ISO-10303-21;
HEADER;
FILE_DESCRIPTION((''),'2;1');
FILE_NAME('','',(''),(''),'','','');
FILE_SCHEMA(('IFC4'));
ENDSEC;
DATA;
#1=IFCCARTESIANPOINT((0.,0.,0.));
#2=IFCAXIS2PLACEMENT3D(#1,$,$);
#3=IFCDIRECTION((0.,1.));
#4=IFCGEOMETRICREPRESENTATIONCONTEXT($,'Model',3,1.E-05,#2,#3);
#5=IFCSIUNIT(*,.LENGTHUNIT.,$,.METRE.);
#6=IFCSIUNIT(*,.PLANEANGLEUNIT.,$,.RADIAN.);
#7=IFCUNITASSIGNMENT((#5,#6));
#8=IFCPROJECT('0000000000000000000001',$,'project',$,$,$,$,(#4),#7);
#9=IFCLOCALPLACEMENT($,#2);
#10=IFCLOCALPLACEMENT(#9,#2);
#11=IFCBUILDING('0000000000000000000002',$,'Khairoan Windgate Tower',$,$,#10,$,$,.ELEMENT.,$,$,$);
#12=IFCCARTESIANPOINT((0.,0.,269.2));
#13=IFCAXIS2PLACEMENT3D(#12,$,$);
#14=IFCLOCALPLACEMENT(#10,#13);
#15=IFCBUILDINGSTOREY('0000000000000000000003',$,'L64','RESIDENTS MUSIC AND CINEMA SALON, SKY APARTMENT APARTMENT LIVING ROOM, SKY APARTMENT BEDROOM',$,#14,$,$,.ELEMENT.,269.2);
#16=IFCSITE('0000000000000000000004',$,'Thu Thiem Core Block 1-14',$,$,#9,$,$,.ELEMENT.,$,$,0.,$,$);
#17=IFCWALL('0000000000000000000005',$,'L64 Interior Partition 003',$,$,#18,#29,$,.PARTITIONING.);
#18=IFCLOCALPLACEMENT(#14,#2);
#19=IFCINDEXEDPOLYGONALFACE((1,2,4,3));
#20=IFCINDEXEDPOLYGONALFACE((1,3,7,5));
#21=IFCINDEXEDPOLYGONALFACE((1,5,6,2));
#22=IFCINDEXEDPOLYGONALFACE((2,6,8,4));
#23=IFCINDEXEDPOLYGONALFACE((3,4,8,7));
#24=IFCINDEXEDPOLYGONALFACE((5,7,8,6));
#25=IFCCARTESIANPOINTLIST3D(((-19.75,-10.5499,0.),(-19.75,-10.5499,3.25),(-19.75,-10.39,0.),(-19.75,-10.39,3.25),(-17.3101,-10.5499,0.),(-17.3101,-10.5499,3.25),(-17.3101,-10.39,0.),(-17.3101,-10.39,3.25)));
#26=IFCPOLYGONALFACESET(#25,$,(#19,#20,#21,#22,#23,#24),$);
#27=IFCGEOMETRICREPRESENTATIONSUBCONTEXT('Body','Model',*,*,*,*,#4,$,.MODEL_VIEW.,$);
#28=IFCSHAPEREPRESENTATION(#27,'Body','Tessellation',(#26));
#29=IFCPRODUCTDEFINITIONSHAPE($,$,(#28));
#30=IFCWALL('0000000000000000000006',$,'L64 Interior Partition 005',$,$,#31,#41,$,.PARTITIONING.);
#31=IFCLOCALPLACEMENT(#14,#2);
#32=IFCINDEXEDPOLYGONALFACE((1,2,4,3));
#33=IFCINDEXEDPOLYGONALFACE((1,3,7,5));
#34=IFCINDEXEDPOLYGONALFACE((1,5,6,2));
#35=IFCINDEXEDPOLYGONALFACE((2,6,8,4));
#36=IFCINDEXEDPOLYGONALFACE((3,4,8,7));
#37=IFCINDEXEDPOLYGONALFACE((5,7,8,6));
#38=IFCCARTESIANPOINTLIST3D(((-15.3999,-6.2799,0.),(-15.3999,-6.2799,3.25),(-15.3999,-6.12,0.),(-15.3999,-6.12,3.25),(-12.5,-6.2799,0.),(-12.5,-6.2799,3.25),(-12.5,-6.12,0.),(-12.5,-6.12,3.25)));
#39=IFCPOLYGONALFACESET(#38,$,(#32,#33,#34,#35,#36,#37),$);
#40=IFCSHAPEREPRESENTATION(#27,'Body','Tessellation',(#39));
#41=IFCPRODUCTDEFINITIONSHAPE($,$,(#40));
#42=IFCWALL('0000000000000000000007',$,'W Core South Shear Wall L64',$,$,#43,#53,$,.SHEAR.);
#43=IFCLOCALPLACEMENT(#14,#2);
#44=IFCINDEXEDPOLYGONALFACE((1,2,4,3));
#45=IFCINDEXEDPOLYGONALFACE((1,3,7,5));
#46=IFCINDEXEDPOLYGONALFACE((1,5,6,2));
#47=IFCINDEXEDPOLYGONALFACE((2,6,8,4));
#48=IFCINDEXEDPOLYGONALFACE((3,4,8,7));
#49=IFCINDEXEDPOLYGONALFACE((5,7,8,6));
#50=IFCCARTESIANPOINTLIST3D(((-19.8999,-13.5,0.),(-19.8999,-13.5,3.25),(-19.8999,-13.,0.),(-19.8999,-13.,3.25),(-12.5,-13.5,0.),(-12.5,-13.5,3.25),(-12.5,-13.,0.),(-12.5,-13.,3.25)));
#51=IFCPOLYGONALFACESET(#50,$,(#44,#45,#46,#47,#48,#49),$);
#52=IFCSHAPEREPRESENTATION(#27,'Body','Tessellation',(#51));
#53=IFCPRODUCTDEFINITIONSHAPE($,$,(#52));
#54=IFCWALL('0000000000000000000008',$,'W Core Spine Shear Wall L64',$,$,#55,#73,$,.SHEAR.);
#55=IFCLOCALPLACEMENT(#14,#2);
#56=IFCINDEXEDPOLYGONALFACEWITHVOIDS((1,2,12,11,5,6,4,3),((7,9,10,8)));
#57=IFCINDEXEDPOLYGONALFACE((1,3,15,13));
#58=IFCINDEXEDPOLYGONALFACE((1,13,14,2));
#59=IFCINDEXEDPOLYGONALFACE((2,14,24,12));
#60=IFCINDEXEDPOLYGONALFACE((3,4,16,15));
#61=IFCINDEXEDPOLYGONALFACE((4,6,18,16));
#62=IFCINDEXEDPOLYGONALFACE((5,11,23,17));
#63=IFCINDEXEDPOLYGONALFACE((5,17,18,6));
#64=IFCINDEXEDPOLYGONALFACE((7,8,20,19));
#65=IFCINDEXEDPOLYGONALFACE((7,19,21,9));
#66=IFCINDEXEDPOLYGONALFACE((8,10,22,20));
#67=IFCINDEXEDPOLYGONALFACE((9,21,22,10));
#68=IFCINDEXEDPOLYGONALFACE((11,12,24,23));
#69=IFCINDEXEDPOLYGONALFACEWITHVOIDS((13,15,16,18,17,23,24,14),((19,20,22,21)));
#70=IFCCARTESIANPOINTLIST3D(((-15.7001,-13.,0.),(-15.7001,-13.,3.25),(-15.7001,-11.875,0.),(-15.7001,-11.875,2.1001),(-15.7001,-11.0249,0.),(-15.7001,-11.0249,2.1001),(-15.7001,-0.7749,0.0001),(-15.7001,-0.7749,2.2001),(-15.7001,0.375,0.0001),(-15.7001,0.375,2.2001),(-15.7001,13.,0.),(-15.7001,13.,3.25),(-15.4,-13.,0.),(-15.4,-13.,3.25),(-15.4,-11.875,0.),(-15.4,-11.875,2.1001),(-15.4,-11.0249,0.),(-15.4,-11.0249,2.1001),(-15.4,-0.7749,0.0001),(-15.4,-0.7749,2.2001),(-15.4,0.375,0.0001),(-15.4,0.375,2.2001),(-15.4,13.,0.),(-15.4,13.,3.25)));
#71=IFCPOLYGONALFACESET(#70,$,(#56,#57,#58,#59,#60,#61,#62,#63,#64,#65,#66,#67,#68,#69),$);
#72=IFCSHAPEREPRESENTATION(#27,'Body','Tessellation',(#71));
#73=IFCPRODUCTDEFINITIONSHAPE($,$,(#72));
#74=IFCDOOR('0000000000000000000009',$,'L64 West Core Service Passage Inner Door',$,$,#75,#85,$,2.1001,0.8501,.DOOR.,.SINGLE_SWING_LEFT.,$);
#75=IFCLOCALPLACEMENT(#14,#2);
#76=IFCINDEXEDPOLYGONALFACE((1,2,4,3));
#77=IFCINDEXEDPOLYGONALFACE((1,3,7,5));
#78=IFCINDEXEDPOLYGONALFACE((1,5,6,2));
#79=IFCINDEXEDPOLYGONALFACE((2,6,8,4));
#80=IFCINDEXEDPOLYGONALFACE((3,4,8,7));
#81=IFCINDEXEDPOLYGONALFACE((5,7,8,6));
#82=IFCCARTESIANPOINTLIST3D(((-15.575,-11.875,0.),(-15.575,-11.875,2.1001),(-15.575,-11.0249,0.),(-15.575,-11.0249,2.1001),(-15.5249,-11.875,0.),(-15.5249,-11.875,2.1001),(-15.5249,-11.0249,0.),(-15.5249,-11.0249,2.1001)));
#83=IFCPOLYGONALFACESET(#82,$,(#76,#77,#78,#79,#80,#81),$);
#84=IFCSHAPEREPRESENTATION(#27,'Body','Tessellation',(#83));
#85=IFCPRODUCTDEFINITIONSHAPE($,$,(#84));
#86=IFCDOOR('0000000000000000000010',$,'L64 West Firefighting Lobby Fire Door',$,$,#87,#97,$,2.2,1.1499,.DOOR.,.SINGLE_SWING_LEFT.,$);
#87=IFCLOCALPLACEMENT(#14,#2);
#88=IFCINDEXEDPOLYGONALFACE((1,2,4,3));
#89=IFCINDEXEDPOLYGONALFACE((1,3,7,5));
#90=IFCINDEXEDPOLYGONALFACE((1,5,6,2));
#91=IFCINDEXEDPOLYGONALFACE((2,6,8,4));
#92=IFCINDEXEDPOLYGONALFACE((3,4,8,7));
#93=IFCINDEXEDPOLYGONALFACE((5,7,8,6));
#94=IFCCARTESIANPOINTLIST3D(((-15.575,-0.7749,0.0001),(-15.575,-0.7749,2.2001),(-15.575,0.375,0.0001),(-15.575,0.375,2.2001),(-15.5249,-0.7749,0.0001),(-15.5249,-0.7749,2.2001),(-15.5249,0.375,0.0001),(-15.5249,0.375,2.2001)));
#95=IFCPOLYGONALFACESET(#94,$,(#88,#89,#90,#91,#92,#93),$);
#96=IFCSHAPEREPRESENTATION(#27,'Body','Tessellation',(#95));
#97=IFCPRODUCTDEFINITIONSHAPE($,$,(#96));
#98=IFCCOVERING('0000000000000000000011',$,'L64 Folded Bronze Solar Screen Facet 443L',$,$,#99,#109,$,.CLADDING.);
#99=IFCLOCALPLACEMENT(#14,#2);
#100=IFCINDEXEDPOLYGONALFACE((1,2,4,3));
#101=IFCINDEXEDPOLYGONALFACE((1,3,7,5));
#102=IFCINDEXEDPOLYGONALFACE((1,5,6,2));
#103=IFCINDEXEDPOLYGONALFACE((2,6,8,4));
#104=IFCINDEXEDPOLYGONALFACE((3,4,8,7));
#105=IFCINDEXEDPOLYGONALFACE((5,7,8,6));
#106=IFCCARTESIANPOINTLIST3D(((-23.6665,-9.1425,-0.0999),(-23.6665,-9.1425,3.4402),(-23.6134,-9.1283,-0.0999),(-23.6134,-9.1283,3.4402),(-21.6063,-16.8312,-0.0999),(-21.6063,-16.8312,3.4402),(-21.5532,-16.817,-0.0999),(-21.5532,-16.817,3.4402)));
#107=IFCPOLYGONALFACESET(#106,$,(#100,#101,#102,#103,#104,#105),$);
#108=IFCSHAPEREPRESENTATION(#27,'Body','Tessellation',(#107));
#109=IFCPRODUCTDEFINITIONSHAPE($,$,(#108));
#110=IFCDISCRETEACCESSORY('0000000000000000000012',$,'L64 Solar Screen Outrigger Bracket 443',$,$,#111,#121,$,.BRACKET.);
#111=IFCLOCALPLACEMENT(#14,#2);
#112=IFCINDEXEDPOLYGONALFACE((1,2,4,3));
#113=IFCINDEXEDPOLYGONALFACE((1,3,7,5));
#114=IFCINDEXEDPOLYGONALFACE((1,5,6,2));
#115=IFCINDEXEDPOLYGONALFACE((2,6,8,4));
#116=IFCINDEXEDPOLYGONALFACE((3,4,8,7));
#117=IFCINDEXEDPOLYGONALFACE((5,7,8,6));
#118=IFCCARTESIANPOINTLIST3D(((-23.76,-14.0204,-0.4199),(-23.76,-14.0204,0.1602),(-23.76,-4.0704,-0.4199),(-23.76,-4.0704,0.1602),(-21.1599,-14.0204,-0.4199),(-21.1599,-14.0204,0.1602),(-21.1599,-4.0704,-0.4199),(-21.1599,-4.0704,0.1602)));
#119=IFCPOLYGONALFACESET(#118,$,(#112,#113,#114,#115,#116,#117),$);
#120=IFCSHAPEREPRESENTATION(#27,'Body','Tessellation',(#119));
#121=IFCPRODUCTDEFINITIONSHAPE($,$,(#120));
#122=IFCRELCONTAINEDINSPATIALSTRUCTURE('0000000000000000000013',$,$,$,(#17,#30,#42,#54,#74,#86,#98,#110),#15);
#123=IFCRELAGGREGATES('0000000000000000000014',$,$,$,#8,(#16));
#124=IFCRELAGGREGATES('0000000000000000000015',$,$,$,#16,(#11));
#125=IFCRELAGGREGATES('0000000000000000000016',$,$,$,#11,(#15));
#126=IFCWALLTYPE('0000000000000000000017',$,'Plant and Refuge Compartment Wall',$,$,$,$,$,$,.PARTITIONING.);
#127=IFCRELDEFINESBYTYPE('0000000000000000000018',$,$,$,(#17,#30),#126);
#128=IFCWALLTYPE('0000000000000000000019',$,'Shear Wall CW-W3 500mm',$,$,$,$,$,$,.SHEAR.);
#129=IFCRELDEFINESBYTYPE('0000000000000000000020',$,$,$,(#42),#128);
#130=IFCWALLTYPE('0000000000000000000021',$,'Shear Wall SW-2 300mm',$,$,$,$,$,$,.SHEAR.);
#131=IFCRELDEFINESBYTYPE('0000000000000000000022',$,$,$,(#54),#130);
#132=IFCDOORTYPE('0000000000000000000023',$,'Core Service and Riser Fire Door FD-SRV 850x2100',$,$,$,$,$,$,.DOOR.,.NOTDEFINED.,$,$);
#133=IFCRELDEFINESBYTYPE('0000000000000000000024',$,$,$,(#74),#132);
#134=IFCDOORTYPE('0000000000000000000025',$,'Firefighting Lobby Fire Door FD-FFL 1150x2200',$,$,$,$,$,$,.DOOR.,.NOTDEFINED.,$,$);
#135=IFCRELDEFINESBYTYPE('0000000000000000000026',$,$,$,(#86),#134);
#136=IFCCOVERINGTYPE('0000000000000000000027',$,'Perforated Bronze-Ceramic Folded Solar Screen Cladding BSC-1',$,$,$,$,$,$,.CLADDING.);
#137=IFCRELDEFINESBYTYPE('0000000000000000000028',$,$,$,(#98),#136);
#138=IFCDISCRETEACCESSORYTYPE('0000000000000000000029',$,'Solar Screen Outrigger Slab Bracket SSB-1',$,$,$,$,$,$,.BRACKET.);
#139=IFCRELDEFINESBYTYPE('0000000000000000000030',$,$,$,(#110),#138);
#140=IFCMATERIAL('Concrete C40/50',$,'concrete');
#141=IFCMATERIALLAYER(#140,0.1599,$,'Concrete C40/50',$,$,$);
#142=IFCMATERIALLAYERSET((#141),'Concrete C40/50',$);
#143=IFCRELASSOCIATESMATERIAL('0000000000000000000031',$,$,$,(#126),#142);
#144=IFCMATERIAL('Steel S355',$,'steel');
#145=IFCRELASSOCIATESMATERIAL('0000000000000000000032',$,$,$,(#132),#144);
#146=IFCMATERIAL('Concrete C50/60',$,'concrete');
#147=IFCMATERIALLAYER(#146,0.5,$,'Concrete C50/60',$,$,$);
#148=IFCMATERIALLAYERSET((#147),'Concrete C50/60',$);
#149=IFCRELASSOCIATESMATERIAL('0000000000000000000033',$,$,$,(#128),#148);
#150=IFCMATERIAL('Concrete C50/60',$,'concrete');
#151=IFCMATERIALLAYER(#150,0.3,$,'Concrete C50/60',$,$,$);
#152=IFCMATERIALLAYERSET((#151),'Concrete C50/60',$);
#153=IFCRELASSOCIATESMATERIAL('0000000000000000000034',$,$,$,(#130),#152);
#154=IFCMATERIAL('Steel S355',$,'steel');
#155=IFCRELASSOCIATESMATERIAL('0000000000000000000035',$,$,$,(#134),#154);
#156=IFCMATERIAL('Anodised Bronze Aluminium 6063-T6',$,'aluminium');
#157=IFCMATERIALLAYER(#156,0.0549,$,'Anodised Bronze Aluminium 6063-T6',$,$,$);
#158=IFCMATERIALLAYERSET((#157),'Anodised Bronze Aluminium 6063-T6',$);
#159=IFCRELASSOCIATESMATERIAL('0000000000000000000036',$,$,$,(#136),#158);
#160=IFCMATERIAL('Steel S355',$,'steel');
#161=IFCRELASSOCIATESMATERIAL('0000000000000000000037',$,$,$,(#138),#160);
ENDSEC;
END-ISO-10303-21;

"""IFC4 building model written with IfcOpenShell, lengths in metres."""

from ifc_helpers import new_model, si_unit, direction, frame, frame_2d, origin, origin_2d, place, context, subcontext, project, spatial, rectangle, extrude, material, layer, layer_set, type_object, element, fill, save


model = new_model("IFC4")

# Units and contexts
model_context = context("Model", 3, precision=1e-05, world=origin(), true_north=direction((0.0, 1.0)))
body_context = subcontext(model_context, "Body", "Model", "MODEL_VIEW")
ifc_project = project(units=[si_unit("LENGTHUNIT", "METRE"), si_unit("PLANEANGLEUNIT", "RADIAN")], contexts=[model_context])

# Site, building, storey
site_placement = place(None, origin())
site = spatial("IfcSite", under=ifc_project, at=site_placement, Name="Thu Thiem Core Block 1-14", CompositionType="ELEMENT", RefElevation=0.0)
building_placement = place(site_placement, origin())
building = spatial("IfcBuilding", under=site, at=building_placement, Name="Khairoan Windgate Tower", CompositionType="ELEMENT")
storey_placement = place(building_placement, frame((0.0, 0.0, 269.2)))
storey = spatial("IfcBuildingStorey", under=building, at=storey_placement, Name="L64", Description="RESIDENTS MUSIC AND CINEMA SALON, SKY APARTMENT APARTMENT LIVING ROOM, SKY APARTMENT BEDROOM", CompositionType="ELEMENT", Elevation=269.2)

# Shared definitions
ifc_material_1 = material(Name="Concrete C40/50", Category="concrete")
ifc_layer_1 = layer(ifc_material_1, 0.1599, Name="Concrete C40/50")
ifc_layer_set_1 = layer_set([ifc_layer_1], Name="Concrete C40/50")
wall_type_1 = type_object("IfcWallType", Name="Plant and Refuge Compartment Wall", PredefinedType="PARTITIONING", material=ifc_layer_set_1)
ifc_material_2 = material(Name="Steel S355", Category="steel")
door_type_1 = type_object("IfcDoorType", Name="Core Service and Riser Fire Door FD-SRV 850x2100", OperationType="NOTDEFINED", PredefinedType="DOOR", material=ifc_material_2)

# Walls
wall_1_placement = place(storey_placement, frame((-19.75, -10.47, 0.0), z_axis=(0.0, 0.0, 1.0), x_axis=(1.0, 0.0, 0.0)))
element("IfcWall", 1, at=wall_1_placement, inside=storey, type_object=wall_type_1, Name="L64 Interior Partition 003", PredefinedType="PARTITIONING", context=body_context, shape_type="SweptSolid", body=[
    extrude(rectangle(XDim=2.4399, YDim=0.1599, at=frame_2d((1.22, 0.0))), origin(), (0.0, 0.0, 1.0), 3.25),
])
wall_2_placement = place(storey_placement, frame((-15.3999, -6.2, 0.0), z_axis=(0.0, 0.0, 1.0), x_axis=(1.0, 0.0, 0.0)))
element("IfcWall", 2, at=wall_2_placement, inside=storey, type_object=wall_type_1, Name="L64 Interior Partition 005", PredefinedType="PARTITIONING", context=body_context, shape_type="SweptSolid", body=[
    extrude(rectangle(XDim=2.8999, YDim=0.1599, at=frame_2d((1.45, 0.0))), origin(), (0.0, 0.0, 1.0), 3.25),
])
ifc_material_3 = material(Name="Concrete C50/60", Category="concrete")
ifc_layer_2 = layer(ifc_material_3, 0.5, Name="Concrete C50/60")
ifc_layer_set_2 = layer_set([ifc_layer_2], Name="Concrete C50/60")
wall_type_2 = type_object("IfcWallType", Name="Shear Wall CW-W3 500mm", PredefinedType="SHEAR", material=ifc_layer_set_2)
wall_3_placement = place(storey_placement, frame((-19.8999, -13.25, 0.0), z_axis=(0.0, 0.0, 1.0), x_axis=(1.0, 0.0, 0.0)))
element("IfcWall", 3, at=wall_3_placement, inside=storey, type_object=wall_type_2, Name="W Core South Shear Wall L64", PredefinedType="SHEAR", context=body_context, shape_type="SweptSolid", body=[
    extrude(rectangle(XDim=7.3999, YDim=0.5, at=frame_2d((3.7, 0.0))), origin(), (0.0, 0.0, 1.0), 3.25),
])

# Wall, openings, doors
ifc_material_4 = material(Name="Concrete C50/60", Category="concrete")
ifc_layer_3 = layer(ifc_material_4, 0.3, Name="Concrete C50/60")
ifc_layer_set_3 = layer_set([ifc_layer_3], Name="Concrete C50/60")
wall_type_3 = type_object("IfcWallType", Name="Shear Wall SW-2 300mm", PredefinedType="SHEAR", material=ifc_layer_set_3)
wall_4_placement = place(storey_placement, frame((-15.55, -13.0, 0.0), z_axis=(0.0, 0.0, 1.0), x_axis=(0.0, 1.0, 0.0)))
wall_4 = element("IfcWall", 4, at=wall_4_placement, inside=storey, type_object=wall_type_3, Name="W Core Spine Shear Wall L64", PredefinedType="SHEAR", context=body_context, shape_type="SweptSolid", body=[
    extrude(rectangle(XDim=26.0, YDim=0.3, at=frame_2d((13.0, 0.0))), origin(), (0.0, 0.0, 1.0), 3.25),
])
opening_1_placement = place(wall_4_placement, frame((12.2251, 0.0, 0.0)))
opening_1 = element("IfcOpeningElement", 5, at=opening_1_placement, cuts=wall_4, PredefinedType="OPENING", context=body_context, shape_type="SweptSolid", body=[
    extrude(rectangle(XDim=1.1499, YDim=2.2, at=frame_2d((0.575, 1.1001))), frame((0.0, 0.1599, 0.0), z_axis=(0.0, -1.0, 0.0), x_axis=(1.0, 0.0, 0.0)), (0.0, 0.0, 1.0), 0.3201),
])
opening_2_placement = place(wall_4_placement, frame((1.125, 0.0, 0.0)))
opening_2 = element("IfcOpeningElement", 6, at=opening_2_placement, cuts=wall_4, PredefinedType="OPENING", context=body_context, shape_type="SweptSolid", body=[
    extrude(rectangle(XDim=0.8501, YDim=2.1001, at=frame_2d((0.425, 1.05))), frame((0.0, 0.1599, 0.0), z_axis=(0.0, -1.0, 0.0), x_axis=(1.0, 0.0, 0.0)), (0.0, 0.0, 1.0), 0.3201),
])
door_1_placement = place(opening_2_placement, origin())
door_1 = element("IfcDoor", 7, at=door_1_placement, inside=storey, type_object=door_type_1, Name="L64 West Core Service Passage Inner Door", OperationType="SINGLE_SWING_LEFT", OverallHeight=2.1001, OverallWidth=0.8501, PredefinedType="DOOR", context=body_context, shape_type="SweptSolid", body=[
    extrude(rectangle(XDim=0.8501, YDim=2.1001, at=frame_2d((0.425, 1.05))), frame((0.0, 0.0249, 0.0), z_axis=(0.0, -1.0, 0.0), x_axis=(1.0, 0.0, 0.0)), (0.0, 0.0, 1.0), 0.05),
])
fill(opening_2, door_1)
ifc_material_5 = material(Name="Steel S355", Category="steel")
door_type_2 = type_object("IfcDoorType", Name="Firefighting Lobby Fire Door FD-FFL 1150x2200", OperationType="NOTDEFINED", PredefinedType="DOOR", material=ifc_material_5)
door_2_placement = place(opening_1_placement, origin())
door_2 = element("IfcDoor", 8, at=door_2_placement, inside=storey, type_object=door_type_2, Name="L64 West Firefighting Lobby Fire Door", OperationType="SINGLE_SWING_LEFT", OverallHeight=2.2, OverallWidth=1.1499, PredefinedType="DOOR", context=body_context, shape_type="SweptSolid", body=[
    extrude(rectangle(XDim=1.1499, YDim=2.2, at=frame_2d((0.575, 1.1001))), frame((0.0, 0.0249, 0.0), z_axis=(0.0, -1.0, 0.0), x_axis=(1.0, 0.0, 0.0)), (0.0, 0.0, 1.0), 0.05),
])
fill(opening_1, door_2)

# Covering
ifc_material_6 = material(Name="Anodised Bronze Aluminium 6063-T6", Category="aluminium")
ifc_layer_4 = layer(ifc_material_6, 0.0549, Name="Anodised Bronze Aluminium 6063-T6")
ifc_layer_set_4 = layer_set([ifc_layer_4], Name="Anodised Bronze Aluminium 6063-T6")
covering_type = type_object("IfcCoveringType", Name="Perforated Bronze-Ceramic Folded Solar Screen Cladding BSC-1", PredefinedType="CLADDING", material=ifc_layer_set_4)
covering_placement = place(storey_placement, frame((-22.6099, -12.9797, -0.0999), z_axis=(0.0, 0.0, 1.0), x_axis=(-0.258819, 0.965926, 0.0)))
element("IfcCovering", 9, at=covering_placement, inside=storey, type_object=covering_type, Name="L64 Folded Bronze Solar Screen Facet 443L", PredefinedType="CLADDING", context=body_context, shape_type="SweptSolid", body=[
    extrude(rectangle(XDim=7.96, YDim=0.0549, at=origin_2d()), origin(), (0.0, 0.0, 1.0), 3.54),
])

# Discrete accessory
ifc_material_7 = material(Name="Steel S355", Category="steel")
discrete_accessory_type = type_object("IfcDiscreteAccessoryType", Name="Solar Screen Outrigger Slab Bracket SSB-1", PredefinedType="BRACKET", material=ifc_material_7)
discrete_accessory_placement = place(storey_placement, frame((-22.46, -9.0454, -0.4199), z_axis=(0.0, 0.0, 1.0), x_axis=(0.0, 1.0, 0.0)))
element("IfcDiscreteAccessory", 10, at=discrete_accessory_placement, inside=storey, type_object=discrete_accessory_type, Name="L64 Solar Screen Outrigger Bracket 443", PredefinedType="BRACKET", context=body_context, shape_type="SweptSolid", body=[
    extrude(rectangle(XDim=9.95, YDim=2.6001, at=origin_2d()), origin(), (0.0, 0.0, 1.0), 0.5801),
])

save(model, "model.ifc")
